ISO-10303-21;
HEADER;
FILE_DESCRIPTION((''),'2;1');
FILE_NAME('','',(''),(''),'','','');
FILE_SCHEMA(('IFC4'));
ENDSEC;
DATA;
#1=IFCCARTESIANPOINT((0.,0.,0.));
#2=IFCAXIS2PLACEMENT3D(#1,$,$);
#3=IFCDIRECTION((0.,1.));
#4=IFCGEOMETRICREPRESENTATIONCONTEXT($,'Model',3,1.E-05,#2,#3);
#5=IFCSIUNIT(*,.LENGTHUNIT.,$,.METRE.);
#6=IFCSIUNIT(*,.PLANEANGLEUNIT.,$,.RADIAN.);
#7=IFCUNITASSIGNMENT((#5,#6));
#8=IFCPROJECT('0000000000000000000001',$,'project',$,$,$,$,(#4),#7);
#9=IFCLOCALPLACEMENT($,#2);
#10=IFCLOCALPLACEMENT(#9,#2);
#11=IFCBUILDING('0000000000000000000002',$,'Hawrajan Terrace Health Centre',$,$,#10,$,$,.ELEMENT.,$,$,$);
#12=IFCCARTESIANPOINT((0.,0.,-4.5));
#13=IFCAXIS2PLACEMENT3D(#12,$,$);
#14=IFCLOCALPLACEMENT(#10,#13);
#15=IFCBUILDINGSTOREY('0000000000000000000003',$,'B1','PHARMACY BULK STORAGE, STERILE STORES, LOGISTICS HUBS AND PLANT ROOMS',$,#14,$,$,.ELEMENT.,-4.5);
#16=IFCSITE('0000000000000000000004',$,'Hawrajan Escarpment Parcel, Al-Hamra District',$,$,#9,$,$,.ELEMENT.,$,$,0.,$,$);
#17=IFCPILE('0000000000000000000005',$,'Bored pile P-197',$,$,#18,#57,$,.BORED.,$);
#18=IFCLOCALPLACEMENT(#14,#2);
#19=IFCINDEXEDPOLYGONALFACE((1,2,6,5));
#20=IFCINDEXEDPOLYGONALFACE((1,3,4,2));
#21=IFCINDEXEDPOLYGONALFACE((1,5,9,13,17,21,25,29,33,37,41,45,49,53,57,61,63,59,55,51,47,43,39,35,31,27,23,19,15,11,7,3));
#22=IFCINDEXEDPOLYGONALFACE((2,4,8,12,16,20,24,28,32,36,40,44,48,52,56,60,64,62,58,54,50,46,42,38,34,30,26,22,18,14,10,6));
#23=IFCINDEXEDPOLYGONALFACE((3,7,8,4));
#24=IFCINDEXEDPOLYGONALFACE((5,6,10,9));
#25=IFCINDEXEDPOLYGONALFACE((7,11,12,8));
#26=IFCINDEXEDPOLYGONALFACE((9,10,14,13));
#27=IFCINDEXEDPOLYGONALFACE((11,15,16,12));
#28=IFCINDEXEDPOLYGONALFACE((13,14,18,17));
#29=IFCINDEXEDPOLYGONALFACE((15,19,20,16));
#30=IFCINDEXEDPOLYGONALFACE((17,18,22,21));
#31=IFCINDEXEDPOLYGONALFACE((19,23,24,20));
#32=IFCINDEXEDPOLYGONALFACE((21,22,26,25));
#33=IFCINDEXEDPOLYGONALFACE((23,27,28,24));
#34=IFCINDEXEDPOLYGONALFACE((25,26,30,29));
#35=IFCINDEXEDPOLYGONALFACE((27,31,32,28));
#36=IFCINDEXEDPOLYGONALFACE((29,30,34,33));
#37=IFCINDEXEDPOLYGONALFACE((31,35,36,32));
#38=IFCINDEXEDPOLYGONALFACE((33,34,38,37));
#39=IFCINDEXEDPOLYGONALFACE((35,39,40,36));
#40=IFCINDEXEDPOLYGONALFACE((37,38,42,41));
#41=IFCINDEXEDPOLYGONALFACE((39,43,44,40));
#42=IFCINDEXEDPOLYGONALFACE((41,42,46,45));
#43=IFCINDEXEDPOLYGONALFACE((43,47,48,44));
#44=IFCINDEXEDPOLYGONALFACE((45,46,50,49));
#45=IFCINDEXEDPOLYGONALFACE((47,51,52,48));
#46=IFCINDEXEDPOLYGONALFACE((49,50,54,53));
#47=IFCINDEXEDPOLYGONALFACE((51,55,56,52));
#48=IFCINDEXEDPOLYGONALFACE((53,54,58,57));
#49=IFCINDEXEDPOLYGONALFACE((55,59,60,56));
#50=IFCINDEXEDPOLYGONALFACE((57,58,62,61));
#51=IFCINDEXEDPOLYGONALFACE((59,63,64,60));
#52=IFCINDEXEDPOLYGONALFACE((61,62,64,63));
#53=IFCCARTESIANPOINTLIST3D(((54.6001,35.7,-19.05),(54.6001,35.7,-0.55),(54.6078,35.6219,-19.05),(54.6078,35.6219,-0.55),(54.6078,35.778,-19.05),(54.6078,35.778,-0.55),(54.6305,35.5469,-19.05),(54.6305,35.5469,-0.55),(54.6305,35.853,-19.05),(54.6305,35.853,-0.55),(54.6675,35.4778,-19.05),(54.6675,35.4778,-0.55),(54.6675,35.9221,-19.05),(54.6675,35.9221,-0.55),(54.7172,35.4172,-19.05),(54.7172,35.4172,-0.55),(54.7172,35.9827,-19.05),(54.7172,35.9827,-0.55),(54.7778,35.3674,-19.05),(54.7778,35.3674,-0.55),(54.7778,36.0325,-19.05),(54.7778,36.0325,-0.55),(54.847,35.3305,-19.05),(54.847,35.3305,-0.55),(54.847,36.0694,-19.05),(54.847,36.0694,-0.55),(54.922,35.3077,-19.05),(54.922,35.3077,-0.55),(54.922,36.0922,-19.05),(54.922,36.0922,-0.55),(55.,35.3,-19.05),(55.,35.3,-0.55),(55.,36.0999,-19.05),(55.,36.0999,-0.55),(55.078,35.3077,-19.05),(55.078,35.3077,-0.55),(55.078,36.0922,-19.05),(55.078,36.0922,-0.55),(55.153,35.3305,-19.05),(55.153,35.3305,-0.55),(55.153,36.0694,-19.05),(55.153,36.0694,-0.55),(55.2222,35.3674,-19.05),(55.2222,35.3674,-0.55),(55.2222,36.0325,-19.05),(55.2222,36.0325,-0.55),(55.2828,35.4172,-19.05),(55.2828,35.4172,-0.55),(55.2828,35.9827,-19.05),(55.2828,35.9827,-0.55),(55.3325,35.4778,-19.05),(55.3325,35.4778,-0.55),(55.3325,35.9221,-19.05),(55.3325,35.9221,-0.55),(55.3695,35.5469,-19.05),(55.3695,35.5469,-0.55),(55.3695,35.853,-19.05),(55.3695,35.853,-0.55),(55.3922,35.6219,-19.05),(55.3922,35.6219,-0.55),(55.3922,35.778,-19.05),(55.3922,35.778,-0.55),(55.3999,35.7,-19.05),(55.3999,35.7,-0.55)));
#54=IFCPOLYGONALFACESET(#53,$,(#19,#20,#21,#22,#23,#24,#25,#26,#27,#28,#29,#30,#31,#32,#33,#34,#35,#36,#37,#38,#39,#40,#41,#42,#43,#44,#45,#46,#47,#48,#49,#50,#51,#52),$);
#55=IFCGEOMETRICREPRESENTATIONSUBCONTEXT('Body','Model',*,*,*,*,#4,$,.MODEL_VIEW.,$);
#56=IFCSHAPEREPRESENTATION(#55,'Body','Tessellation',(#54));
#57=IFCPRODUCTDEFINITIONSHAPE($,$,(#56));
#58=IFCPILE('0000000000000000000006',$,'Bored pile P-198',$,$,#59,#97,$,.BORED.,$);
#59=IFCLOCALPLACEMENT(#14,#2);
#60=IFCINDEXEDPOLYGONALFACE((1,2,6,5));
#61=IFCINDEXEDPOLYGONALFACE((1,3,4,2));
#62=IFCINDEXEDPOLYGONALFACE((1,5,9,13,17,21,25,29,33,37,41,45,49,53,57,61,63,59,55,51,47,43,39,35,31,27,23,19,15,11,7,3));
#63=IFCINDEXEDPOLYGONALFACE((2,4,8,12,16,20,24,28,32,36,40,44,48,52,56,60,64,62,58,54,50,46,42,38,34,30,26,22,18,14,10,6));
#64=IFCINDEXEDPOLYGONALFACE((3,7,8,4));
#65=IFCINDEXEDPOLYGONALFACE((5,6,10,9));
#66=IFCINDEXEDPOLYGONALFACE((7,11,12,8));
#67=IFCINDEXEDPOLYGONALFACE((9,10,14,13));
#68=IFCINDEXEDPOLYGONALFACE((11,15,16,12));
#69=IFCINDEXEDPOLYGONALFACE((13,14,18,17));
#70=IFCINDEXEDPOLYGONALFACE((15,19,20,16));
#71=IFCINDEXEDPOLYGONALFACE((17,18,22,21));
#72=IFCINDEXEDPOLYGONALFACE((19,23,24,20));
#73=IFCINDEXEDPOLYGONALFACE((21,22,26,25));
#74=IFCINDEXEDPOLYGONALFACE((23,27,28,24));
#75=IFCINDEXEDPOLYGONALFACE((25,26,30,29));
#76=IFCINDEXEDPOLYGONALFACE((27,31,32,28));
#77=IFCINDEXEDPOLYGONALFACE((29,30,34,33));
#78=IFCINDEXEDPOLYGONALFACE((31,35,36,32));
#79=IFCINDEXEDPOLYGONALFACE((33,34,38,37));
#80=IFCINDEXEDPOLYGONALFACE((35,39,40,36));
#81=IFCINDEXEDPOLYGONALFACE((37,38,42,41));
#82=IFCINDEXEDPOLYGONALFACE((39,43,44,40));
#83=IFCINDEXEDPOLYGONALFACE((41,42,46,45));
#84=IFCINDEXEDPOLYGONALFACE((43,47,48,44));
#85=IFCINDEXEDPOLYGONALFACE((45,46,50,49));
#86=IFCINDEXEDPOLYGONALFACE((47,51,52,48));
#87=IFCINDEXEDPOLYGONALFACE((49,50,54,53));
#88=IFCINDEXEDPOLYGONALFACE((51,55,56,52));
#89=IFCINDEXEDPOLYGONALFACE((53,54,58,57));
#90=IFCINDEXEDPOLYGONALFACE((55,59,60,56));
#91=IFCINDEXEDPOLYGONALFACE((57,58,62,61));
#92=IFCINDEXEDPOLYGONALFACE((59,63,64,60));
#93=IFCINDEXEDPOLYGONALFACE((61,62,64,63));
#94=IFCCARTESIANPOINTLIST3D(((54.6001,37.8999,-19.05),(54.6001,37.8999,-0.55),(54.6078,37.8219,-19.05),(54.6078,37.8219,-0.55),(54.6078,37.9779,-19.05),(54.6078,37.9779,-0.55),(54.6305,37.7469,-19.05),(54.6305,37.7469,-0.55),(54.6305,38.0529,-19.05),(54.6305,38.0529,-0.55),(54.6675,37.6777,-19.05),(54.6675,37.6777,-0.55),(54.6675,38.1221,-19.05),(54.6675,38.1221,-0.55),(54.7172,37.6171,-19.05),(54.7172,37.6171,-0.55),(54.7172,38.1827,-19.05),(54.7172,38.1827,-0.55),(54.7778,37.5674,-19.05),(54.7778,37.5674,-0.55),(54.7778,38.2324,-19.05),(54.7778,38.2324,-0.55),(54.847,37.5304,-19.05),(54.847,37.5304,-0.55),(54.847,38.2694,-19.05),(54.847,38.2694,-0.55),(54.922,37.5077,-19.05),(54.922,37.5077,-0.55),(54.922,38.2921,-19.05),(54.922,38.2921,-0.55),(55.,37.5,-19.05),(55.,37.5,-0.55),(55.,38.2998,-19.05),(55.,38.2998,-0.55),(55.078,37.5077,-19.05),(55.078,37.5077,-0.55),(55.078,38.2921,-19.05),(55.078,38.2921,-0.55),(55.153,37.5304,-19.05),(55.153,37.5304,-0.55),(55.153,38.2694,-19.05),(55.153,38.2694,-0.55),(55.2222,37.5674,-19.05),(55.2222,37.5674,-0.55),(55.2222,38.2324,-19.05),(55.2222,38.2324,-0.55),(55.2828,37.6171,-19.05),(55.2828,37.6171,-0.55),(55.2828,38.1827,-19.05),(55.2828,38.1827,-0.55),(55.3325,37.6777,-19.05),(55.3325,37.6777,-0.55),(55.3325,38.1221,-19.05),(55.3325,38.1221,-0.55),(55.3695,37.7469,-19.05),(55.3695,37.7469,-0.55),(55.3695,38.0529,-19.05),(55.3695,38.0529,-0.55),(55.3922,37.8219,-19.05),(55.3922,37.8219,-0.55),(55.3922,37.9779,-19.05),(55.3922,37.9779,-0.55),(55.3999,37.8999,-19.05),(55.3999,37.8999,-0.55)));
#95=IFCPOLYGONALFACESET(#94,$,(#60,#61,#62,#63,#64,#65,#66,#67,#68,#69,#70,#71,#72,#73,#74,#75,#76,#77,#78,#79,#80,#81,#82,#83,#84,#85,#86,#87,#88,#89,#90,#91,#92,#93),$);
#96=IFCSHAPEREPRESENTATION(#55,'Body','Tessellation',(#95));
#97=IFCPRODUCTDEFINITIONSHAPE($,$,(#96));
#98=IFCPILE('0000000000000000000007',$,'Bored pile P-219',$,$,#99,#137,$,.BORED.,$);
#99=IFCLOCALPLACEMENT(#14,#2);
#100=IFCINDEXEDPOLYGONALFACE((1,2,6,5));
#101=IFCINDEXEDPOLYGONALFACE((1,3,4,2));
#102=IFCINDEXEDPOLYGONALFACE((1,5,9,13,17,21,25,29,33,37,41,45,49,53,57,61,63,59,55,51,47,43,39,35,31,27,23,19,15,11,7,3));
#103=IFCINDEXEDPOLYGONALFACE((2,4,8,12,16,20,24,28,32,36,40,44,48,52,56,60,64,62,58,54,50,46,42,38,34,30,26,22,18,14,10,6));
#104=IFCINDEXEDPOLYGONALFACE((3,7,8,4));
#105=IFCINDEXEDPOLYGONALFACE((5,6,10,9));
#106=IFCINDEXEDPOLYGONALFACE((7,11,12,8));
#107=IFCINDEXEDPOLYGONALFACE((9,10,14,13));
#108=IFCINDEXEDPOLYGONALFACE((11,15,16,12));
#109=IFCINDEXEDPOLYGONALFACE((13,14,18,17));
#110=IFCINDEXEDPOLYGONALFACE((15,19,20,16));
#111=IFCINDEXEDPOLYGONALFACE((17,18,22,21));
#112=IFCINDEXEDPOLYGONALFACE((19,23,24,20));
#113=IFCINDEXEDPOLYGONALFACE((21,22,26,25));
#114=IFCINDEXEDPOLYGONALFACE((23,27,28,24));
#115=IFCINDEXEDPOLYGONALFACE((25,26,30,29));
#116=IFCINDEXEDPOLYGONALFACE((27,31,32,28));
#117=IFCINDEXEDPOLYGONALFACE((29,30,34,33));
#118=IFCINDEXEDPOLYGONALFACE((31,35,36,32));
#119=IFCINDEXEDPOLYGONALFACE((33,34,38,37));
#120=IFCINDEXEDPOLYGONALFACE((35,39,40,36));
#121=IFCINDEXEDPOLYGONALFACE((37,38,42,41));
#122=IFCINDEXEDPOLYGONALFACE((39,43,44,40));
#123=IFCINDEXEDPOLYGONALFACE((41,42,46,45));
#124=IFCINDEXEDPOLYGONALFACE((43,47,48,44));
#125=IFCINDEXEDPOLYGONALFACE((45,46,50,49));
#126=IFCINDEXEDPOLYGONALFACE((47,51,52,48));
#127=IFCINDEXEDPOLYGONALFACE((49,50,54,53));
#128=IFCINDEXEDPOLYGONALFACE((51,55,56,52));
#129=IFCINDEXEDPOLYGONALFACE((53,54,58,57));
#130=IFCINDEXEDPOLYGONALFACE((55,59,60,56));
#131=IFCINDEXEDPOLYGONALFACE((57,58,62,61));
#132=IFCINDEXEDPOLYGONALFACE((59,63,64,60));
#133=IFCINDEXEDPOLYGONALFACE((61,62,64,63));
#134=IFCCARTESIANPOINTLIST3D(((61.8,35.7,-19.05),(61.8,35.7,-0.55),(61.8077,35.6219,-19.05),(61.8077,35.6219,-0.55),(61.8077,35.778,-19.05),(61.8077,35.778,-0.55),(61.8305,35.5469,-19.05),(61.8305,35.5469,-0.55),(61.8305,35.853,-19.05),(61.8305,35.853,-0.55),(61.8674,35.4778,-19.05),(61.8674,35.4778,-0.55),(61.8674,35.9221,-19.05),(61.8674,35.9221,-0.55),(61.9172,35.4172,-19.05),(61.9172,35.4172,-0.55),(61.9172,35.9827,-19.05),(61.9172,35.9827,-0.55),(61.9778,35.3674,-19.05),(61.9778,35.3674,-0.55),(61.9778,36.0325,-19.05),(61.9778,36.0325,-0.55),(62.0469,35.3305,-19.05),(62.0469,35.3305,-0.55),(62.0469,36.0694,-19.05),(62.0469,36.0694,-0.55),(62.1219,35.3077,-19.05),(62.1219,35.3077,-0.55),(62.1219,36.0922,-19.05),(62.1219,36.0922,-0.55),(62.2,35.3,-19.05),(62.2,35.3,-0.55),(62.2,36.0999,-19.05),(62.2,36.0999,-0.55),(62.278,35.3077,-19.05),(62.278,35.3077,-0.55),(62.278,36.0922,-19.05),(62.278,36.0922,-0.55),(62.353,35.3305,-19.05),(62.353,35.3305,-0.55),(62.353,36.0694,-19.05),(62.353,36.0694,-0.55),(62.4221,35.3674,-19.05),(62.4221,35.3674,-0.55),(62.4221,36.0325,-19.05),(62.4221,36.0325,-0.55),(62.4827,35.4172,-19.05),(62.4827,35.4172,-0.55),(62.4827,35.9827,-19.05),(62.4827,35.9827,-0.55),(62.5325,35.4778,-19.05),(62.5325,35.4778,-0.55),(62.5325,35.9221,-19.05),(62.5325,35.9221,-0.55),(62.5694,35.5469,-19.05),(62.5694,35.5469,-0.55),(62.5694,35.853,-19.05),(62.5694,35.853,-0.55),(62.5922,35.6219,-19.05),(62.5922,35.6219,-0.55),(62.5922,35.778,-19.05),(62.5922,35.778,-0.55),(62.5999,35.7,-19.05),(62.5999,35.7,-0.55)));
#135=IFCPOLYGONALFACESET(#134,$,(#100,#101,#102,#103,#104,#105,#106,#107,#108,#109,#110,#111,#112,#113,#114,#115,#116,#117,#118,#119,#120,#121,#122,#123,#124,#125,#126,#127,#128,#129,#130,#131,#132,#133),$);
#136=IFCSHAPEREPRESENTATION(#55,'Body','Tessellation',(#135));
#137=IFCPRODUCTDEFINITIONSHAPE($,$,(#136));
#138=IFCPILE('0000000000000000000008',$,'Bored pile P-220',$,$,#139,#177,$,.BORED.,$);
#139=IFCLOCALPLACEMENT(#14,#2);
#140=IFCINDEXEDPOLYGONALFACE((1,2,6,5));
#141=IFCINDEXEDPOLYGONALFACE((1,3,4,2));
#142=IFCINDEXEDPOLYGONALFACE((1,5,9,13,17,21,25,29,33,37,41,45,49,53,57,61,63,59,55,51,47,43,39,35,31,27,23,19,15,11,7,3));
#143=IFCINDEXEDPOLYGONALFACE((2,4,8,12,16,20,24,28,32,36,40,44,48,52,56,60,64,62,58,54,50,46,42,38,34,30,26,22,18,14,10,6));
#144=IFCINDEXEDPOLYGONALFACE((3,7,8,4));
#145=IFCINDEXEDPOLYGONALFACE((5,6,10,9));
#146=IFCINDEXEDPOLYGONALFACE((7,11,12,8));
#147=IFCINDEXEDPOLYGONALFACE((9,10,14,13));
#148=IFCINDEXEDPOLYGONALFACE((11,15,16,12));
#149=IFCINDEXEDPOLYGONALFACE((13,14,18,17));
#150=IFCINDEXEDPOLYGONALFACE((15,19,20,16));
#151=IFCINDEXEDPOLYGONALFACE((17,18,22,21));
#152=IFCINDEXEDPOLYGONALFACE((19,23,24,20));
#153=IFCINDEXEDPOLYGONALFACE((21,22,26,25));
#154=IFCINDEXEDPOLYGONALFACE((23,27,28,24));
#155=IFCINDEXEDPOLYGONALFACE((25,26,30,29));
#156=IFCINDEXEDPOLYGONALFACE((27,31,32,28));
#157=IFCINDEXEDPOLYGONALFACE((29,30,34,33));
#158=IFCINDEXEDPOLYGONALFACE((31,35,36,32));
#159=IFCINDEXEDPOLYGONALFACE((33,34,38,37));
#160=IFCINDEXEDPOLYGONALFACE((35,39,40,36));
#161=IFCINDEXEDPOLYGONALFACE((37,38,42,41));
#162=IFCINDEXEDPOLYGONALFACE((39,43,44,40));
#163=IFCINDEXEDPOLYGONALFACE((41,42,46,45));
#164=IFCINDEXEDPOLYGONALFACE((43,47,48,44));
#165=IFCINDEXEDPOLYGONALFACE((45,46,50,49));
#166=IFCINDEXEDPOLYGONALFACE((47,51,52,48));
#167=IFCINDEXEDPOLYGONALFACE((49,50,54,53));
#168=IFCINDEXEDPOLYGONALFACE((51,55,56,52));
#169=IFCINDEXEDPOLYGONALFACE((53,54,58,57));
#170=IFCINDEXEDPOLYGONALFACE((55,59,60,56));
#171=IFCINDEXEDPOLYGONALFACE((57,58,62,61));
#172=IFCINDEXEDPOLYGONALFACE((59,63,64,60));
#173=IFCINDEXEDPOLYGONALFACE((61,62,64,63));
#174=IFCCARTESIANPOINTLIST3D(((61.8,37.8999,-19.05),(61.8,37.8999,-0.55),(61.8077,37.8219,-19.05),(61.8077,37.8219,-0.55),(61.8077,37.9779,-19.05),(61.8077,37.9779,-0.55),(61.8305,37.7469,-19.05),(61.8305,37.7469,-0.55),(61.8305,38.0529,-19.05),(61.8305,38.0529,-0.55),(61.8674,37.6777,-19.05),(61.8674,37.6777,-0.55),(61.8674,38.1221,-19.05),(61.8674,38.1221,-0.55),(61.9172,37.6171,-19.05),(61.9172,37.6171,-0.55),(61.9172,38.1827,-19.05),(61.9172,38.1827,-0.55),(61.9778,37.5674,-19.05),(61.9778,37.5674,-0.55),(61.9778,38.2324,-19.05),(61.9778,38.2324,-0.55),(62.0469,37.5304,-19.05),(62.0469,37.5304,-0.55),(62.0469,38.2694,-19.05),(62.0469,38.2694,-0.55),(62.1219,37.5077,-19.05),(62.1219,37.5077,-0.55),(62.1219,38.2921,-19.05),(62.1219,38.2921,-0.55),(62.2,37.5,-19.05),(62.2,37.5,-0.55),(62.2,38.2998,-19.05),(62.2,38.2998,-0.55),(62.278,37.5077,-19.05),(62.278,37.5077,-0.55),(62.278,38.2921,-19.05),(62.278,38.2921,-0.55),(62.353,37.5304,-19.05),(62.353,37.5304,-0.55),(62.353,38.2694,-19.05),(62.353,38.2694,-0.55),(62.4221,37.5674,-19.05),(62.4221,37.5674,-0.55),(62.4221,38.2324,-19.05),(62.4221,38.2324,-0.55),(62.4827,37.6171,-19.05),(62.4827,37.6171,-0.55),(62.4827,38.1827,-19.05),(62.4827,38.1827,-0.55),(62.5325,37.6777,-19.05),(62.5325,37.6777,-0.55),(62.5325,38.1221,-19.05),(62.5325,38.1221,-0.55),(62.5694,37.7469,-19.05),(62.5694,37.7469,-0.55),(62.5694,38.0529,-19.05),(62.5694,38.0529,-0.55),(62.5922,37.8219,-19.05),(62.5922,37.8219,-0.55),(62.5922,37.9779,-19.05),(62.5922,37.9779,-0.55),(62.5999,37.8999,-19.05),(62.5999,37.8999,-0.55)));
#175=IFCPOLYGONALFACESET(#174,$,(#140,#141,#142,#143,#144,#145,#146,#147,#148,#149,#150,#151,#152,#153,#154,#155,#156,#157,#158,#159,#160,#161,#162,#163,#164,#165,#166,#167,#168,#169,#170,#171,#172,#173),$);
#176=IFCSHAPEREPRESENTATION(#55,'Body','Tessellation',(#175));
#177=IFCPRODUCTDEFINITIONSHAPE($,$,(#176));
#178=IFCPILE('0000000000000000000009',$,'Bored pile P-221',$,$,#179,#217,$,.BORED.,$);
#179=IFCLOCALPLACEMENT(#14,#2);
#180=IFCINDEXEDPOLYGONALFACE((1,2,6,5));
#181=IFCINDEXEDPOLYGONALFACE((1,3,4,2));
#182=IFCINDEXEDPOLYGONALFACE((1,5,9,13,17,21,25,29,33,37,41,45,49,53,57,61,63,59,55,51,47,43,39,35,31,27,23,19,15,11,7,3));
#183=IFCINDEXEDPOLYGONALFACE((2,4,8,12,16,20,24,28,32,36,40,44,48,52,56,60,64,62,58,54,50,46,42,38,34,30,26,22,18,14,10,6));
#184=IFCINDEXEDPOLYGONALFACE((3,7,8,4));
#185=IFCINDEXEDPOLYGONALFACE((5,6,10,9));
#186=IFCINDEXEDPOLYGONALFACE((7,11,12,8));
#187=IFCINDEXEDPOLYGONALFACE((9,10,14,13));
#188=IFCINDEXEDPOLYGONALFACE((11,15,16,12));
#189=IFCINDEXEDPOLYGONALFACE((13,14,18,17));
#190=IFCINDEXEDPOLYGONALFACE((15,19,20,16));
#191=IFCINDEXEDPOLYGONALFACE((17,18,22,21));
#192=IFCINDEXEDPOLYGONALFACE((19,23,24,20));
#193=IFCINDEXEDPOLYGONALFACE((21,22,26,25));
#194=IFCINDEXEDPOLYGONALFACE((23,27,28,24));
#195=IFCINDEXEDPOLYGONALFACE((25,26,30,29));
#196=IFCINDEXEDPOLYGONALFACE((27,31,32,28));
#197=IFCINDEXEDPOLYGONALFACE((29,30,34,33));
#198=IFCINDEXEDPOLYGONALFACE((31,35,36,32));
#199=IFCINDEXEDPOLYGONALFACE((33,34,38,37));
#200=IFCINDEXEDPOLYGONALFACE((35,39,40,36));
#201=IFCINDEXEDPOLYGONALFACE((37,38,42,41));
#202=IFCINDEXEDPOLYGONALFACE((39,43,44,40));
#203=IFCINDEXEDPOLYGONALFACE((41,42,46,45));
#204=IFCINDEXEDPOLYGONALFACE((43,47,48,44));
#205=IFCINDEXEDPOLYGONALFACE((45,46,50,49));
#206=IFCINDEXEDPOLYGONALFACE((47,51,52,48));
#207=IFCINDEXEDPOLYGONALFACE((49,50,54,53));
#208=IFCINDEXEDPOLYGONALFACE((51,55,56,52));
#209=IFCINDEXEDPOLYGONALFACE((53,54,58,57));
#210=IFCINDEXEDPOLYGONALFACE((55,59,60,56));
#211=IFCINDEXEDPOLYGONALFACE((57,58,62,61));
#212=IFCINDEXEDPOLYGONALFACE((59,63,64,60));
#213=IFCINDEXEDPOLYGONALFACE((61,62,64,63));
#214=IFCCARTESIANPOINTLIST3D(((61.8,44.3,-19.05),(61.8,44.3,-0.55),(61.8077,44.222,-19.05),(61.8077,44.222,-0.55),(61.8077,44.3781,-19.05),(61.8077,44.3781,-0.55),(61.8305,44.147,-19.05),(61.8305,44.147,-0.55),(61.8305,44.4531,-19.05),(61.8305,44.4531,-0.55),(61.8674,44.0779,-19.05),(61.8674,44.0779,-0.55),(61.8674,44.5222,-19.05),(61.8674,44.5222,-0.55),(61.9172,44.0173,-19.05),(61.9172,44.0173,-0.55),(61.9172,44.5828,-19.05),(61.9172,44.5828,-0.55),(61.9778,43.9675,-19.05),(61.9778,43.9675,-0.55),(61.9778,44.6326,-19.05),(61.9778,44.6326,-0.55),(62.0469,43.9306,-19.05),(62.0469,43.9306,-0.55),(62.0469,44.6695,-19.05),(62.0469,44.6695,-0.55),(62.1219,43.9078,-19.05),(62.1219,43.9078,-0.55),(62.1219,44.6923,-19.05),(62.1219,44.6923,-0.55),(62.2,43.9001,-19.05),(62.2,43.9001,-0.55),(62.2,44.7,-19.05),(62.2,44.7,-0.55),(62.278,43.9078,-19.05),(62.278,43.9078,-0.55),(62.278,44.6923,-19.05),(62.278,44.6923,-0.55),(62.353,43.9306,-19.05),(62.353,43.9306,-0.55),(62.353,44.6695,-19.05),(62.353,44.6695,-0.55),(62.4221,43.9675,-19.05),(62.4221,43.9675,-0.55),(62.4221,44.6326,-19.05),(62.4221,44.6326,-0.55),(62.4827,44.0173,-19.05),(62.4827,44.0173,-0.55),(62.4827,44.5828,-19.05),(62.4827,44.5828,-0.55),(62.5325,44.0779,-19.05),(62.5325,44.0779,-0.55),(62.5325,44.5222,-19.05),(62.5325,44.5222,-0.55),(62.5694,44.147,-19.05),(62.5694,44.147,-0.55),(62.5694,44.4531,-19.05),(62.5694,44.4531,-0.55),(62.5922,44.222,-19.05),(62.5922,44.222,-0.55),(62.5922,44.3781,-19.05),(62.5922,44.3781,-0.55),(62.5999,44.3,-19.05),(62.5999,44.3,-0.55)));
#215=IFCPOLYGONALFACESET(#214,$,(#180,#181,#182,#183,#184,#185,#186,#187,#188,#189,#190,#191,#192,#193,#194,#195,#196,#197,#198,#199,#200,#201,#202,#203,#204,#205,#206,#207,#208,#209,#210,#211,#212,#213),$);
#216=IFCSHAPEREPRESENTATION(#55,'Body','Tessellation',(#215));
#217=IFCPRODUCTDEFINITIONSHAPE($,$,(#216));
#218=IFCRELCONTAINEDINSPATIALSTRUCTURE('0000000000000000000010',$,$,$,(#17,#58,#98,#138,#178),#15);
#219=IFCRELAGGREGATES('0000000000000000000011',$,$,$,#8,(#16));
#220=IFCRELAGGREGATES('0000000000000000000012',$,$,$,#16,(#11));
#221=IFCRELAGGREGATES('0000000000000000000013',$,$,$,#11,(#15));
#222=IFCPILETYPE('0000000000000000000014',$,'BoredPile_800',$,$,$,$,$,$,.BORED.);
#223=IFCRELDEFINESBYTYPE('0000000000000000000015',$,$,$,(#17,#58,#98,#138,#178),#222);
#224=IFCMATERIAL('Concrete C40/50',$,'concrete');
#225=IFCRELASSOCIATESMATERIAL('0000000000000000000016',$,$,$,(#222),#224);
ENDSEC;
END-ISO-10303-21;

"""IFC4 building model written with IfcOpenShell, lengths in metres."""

from ifc_helpers import new_model, si_unit, direction, frame, origin, origin_2d, place, context, subcontext, project, spatial, circle, extrude, material, material_profile, profile_set, type_object, element, save


model = new_model("IFC4")

# Units and contexts
model_context = context("Model", 3, precision=1e-05, world=origin(), true_north=direction((0.0, 1.0)))
body_context = subcontext(model_context, "Body", "Model", "MODEL_VIEW")
ifc_project = project(units=[si_unit("LENGTHUNIT", "METRE"), si_unit("PLANEANGLEUNIT", "RADIAN")], contexts=[model_context])

# Site, building, storey
site_placement = place(None, origin())
site = spatial("IfcSite", under=ifc_project, at=site_placement, Name="Hawrajan Escarpment Parcel, Al-Hamra District", CompositionType="ELEMENT", RefElevation=0.0)
building_placement = place(site_placement, origin())
building = spatial("IfcBuilding", under=site, at=building_placement, Name="Hawrajan Terrace Health Centre", CompositionType="ELEMENT")
storey_placement = place(building_placement, frame((0.0, 0.0, -4.5)))
storey = spatial("IfcBuildingStorey", under=building, at=storey_placement, Name="B1", Description="PHARMACY BULK STORAGE, STERILE STORES, LOGISTICS HUBS AND PLANT ROOMS", CompositionType="ELEMENT", Elevation=-4.5)

# Piles
ifc_material_1 = material(Name="Concrete C40/50", Category="concrete")
ifc_material_profile_1 = material_profile(ifc_material_1, circle(Radius=0.3999, at=origin_2d()), Name="BP 800")
ifc_profile_set_1 = profile_set([ifc_material_profile_1], Name="Concrete C40/50")
pile_type_1 = type_object("IfcPileType", Name="BoredPile_800", PredefinedType="BORED", material=ifc_profile_set_1)
for number, where, z_axis, x_axis, name in (
    (1, (55.0, 35.7, -0.55), (0.0, 0.0, -1.0), (1.0, 0.0, 0.0), "Bored pile P-197"),
    (2, (55.0, 37.8999, -0.55), (0.0, 0.0, -1.0), (1.0, 0.0, 0.0), "Bored pile P-198"),
    (3, (62.2, 35.7, -0.55), (0.0, 0.0, -1.0), (1.0, 0.0, 0.0), "Bored pile P-219"),
    (4, (62.2, 37.8999, -0.55), (0.0, 0.0, -1.0), (1.0, 0.0, 0.0), "Bored pile P-220"),
    (5, (62.2, 44.3, -0.55), (0.0, 0.0, -1.0), (1.0, 0.0, 0.0), "Bored pile P-221"),
):
    element("IfcPile", number, at=place(storey_placement, frame(where, z_axis=z_axis, x_axis=x_axis)), inside=storey, type_object=pile_type_1, Name=name, PredefinedType="BORED", context=body_context, shape_type="SweptSolid", body=[
        extrude(circle(Radius=0.3999, at=origin_2d()), origin(), (0.0, 0.0, 1.0), 18.5),
    ])

save(model, "model.ifc")
